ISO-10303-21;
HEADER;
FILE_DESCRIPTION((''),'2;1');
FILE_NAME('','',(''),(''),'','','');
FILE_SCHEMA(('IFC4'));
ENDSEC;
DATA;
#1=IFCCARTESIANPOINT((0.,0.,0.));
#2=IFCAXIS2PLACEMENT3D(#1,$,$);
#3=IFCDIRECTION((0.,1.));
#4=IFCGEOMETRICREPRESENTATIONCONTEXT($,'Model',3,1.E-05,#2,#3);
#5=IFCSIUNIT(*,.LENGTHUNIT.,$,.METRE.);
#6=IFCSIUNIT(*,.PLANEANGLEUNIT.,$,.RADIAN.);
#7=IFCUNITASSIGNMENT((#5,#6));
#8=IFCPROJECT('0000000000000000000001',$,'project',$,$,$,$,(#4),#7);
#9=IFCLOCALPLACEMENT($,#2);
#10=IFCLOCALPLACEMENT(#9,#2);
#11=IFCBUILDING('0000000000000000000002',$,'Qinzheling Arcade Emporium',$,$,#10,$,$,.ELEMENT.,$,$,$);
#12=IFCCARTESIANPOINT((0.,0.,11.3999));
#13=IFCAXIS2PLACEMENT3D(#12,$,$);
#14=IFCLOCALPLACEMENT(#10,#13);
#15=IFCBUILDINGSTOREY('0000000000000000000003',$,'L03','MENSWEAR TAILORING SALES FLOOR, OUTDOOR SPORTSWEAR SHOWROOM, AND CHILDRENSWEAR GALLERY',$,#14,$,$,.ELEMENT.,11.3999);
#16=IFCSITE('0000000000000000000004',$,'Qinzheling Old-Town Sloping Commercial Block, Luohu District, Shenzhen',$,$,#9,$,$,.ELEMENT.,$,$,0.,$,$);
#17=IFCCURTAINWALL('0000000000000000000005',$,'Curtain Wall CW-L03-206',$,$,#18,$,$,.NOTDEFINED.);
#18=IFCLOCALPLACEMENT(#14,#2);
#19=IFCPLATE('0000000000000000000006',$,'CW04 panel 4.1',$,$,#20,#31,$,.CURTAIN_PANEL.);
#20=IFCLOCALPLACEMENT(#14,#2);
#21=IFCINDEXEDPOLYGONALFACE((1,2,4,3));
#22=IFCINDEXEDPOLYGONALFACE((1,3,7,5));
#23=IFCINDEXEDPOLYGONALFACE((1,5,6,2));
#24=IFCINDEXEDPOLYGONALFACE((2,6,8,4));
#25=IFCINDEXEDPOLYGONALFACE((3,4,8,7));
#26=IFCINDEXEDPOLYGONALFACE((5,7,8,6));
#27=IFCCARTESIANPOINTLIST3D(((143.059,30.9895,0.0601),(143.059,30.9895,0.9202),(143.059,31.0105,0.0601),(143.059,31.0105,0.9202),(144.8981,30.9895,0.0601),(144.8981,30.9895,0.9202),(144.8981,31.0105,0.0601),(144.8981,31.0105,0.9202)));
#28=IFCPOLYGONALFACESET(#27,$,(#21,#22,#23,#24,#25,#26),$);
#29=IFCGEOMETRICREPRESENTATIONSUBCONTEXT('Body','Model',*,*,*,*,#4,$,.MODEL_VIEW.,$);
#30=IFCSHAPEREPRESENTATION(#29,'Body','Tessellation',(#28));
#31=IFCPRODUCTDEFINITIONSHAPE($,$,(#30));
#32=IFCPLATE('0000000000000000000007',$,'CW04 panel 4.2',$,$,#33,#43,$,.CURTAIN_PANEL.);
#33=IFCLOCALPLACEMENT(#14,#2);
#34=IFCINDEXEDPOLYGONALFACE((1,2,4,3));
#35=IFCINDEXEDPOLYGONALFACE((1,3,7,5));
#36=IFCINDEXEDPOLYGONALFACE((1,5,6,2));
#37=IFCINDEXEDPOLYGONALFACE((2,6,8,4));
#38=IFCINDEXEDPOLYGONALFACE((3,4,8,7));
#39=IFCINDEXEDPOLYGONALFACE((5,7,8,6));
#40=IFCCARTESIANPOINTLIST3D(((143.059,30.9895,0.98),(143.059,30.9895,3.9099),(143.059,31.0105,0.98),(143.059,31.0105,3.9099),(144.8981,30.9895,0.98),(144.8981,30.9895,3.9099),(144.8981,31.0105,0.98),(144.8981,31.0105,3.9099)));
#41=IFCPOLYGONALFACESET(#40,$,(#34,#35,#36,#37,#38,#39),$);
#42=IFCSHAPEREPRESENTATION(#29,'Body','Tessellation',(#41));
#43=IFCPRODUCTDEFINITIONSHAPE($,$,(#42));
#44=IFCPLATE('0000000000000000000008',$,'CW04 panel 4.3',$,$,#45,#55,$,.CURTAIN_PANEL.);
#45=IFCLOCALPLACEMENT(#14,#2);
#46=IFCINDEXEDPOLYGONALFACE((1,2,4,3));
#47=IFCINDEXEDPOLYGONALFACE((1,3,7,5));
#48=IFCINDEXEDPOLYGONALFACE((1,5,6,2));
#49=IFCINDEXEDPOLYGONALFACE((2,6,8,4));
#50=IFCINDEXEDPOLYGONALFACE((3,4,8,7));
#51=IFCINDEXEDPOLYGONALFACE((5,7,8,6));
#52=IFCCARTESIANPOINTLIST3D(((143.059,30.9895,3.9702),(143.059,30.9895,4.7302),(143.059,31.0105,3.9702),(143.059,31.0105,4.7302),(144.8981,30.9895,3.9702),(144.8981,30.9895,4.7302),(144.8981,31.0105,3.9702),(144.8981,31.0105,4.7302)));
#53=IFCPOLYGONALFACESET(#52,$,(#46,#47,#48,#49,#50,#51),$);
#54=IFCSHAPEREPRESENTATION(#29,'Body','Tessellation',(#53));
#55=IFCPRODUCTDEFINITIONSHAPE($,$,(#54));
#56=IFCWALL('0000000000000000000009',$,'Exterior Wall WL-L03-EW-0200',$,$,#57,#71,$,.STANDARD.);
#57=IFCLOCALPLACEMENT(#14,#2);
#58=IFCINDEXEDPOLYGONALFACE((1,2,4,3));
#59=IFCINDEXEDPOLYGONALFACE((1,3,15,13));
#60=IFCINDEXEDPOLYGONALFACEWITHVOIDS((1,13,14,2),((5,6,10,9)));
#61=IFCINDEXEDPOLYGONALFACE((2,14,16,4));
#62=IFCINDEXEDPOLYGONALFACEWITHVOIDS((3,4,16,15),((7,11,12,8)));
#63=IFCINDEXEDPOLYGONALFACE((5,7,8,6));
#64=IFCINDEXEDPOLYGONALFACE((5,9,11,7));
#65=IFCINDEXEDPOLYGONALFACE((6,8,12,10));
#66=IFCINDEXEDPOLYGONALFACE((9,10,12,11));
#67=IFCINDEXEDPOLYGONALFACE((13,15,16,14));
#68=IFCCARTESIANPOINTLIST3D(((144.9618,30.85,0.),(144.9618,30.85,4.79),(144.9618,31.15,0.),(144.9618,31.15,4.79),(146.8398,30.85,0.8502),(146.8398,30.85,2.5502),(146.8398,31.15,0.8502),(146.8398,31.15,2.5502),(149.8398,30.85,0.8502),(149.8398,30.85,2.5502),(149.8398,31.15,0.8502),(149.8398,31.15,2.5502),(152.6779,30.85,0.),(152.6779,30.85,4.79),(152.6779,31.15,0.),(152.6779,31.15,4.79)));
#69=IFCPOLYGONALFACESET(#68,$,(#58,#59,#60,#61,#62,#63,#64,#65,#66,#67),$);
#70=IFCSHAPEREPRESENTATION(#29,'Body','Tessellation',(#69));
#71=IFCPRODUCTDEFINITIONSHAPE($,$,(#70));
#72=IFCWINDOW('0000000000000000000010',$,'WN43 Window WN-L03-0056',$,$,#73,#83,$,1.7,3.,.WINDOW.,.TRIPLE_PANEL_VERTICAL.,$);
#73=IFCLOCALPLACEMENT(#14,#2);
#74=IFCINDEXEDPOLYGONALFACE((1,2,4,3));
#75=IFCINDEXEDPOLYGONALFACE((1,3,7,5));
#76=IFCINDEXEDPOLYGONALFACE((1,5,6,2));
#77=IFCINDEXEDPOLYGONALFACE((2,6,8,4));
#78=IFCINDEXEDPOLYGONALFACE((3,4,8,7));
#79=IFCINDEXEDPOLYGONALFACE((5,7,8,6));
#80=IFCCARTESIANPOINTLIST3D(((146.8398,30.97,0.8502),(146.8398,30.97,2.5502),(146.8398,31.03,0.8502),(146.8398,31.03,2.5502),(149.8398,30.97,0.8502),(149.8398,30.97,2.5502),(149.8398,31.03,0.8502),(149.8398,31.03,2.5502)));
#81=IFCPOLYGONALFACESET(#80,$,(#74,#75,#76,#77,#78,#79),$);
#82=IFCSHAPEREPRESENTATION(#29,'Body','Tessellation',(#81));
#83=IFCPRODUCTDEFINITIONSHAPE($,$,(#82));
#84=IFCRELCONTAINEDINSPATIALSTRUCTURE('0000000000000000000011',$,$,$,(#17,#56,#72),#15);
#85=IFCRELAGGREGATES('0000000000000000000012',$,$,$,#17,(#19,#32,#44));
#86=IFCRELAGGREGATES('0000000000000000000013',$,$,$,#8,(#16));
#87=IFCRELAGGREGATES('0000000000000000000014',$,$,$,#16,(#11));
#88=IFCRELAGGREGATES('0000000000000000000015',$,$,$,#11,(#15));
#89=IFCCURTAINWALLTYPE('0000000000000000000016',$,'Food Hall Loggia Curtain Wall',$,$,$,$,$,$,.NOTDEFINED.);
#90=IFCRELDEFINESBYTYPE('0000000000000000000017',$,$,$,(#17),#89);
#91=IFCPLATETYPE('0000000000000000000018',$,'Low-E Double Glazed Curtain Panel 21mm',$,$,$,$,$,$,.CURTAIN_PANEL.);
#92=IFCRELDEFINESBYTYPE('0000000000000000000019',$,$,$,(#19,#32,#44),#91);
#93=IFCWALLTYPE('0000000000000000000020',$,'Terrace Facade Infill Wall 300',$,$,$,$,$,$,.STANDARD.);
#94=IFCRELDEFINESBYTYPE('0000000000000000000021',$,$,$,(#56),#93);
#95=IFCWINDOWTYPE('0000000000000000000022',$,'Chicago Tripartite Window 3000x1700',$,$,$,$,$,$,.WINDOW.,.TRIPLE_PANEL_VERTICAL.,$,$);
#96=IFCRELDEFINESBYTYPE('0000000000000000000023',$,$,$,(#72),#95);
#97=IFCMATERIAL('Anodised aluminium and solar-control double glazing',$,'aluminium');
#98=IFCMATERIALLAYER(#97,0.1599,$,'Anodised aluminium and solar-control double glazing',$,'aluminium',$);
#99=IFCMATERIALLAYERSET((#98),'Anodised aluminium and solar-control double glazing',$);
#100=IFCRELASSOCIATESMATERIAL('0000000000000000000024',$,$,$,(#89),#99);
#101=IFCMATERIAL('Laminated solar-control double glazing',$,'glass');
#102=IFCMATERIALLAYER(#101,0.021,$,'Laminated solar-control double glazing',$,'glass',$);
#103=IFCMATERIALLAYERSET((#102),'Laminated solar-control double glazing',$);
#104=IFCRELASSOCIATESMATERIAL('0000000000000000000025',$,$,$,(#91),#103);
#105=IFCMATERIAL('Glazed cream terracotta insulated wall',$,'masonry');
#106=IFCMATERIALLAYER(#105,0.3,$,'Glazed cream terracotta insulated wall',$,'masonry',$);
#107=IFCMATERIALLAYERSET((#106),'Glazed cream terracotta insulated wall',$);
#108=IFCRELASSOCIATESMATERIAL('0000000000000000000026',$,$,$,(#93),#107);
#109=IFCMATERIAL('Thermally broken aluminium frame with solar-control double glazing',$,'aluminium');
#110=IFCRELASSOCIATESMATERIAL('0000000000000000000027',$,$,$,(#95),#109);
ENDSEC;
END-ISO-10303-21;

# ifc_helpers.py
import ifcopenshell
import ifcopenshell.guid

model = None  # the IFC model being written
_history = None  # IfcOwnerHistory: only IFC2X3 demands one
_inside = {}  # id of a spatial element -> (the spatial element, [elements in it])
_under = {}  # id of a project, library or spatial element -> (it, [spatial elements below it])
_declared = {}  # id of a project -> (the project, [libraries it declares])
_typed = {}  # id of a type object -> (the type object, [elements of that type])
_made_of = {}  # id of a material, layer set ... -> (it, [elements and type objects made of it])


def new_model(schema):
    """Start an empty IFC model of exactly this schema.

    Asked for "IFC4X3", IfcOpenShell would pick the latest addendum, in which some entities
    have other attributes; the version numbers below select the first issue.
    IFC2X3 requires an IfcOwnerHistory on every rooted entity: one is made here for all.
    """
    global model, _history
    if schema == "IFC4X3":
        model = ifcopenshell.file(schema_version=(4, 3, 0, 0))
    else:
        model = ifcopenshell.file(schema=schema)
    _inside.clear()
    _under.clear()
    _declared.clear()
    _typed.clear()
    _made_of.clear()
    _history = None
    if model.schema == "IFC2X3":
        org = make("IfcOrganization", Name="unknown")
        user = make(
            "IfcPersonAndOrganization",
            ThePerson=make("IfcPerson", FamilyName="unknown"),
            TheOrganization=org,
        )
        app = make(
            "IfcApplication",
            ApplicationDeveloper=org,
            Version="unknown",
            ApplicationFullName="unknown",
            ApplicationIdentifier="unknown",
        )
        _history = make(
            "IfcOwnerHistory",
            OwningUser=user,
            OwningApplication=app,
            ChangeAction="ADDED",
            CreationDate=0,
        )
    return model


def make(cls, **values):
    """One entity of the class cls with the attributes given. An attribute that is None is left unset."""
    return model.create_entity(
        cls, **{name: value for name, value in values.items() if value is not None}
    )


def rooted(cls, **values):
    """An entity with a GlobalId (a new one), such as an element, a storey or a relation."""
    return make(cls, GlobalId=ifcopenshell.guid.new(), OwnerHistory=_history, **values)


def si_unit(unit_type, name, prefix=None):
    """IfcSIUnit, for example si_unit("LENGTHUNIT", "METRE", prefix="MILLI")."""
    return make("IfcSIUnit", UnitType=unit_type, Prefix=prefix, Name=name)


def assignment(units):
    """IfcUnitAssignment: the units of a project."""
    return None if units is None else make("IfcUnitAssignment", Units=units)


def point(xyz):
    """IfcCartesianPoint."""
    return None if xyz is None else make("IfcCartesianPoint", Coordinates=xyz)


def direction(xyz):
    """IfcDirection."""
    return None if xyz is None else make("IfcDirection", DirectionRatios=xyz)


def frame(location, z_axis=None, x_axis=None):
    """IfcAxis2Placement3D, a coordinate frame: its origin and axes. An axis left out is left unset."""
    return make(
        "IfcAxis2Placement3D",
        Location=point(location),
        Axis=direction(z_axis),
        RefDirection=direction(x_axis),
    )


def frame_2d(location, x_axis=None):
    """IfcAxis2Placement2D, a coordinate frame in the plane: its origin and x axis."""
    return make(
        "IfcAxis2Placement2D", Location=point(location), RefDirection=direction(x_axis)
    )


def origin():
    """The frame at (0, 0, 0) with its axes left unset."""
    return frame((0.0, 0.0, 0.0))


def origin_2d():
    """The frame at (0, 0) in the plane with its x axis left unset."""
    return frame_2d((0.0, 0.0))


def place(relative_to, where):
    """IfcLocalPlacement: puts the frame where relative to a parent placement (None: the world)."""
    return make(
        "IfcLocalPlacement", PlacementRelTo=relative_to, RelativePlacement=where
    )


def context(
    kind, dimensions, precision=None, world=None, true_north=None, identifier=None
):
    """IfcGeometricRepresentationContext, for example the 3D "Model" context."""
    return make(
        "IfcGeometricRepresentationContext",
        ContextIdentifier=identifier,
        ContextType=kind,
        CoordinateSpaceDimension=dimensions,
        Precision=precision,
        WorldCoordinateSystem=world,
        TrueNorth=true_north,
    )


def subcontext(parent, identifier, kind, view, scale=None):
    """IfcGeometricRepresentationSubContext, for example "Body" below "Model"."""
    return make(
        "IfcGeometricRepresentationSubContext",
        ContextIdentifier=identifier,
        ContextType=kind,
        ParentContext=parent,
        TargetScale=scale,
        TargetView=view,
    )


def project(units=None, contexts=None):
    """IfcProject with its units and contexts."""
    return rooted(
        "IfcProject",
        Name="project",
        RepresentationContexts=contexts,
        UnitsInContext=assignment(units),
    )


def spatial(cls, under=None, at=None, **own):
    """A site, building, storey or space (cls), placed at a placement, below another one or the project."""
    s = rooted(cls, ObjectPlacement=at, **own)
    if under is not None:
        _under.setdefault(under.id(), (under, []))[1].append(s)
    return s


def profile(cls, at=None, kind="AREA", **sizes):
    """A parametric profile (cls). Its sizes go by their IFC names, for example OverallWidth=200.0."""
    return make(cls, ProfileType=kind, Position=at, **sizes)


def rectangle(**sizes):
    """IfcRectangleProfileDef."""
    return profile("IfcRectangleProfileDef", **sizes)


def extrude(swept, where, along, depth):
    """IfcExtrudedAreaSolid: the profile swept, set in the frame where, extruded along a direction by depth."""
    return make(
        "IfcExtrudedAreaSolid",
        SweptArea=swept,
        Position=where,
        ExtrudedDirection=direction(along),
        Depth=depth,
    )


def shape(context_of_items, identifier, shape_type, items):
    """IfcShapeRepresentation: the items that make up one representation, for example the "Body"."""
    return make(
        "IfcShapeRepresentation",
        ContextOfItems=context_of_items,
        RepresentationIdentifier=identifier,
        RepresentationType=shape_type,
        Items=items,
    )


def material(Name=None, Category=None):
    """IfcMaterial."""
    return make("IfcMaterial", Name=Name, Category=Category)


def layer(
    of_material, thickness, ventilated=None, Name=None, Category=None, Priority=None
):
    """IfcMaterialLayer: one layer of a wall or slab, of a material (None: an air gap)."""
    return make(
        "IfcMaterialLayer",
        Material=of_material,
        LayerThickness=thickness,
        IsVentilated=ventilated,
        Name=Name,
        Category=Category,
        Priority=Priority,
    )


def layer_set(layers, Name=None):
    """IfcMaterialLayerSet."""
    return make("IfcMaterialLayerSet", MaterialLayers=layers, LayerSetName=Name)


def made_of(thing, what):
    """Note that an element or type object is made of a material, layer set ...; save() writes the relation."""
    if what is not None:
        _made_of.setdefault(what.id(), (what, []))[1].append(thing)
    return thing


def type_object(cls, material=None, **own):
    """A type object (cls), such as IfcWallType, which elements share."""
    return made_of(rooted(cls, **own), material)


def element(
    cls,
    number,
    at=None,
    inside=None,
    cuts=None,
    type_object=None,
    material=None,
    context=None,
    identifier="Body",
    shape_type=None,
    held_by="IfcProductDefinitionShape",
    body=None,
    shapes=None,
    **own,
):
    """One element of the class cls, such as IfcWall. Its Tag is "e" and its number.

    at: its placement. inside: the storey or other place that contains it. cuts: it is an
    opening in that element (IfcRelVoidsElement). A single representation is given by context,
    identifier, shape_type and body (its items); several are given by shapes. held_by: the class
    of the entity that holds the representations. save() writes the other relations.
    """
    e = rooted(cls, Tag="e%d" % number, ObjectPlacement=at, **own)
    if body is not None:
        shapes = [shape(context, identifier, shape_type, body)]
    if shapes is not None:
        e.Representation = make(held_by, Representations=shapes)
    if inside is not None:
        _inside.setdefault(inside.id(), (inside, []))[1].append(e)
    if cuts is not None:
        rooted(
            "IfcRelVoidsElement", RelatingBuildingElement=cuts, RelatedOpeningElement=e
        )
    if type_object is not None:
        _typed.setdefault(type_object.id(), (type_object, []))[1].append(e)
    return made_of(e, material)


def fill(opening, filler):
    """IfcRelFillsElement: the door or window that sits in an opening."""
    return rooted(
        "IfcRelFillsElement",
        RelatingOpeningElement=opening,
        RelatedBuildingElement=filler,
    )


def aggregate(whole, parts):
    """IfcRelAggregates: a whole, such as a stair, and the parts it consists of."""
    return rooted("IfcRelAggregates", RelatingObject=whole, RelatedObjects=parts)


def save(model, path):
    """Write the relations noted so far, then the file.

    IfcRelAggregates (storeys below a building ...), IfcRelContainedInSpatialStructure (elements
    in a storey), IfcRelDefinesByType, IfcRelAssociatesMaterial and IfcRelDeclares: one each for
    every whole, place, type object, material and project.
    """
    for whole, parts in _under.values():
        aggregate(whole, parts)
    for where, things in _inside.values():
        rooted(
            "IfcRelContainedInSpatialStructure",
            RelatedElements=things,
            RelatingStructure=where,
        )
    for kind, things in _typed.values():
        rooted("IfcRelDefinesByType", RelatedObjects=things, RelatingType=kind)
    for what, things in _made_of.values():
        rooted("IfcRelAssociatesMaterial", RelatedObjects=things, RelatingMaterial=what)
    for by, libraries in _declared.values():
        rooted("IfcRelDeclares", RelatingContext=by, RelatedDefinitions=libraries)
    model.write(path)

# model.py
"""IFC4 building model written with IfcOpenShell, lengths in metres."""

from ifc_helpers import new_model, si_unit, direction, frame, frame_2d, origin, origin_2d, place, context, subcontext, project, spatial, rectangle, extrude, material, layer, layer_set, type_object, element, fill, aggregate, save


model = new_model("IFC4")

# Units and contexts
model_context = context("Model", 3, precision=1e-05, world=origin(), true_north=direction((0.0, 1.0)))
body_context = subcontext(model_context, "Body", "Model", "MODEL_VIEW")
ifc_project = project(units=[si_unit("LENGTHUNIT", "METRE"), si_unit("PLANEANGLEUNIT", "RADIAN")], contexts=[model_context])

# Site, building, storey
site_placement = place(None, origin())
site = spatial("IfcSite", under=ifc_project, at=site_placement, Name="Qinzheling Old-Town Sloping Commercial Block, Luohu District, Shenzhen", CompositionType="ELEMENT", RefElevation=0.0)
building_placement = place(site_placement, origin())
building = spatial("IfcBuilding", under=site, at=building_placement, Name="Qinzheling Arcade Emporium", CompositionType="ELEMENT")
storey_placement = place(building_placement, frame((0.0, 0.0, 11.3999)))
storey = spatial("IfcBuildingStorey", under=building, at=storey_placement, Name="L03", Description="MENSWEAR TAILORING SALES FLOOR, OUTDOOR SPORTSWEAR SHOWROOM, AND CHILDRENSWEAR GALLERY", CompositionType="ELEMENT", Elevation=11.3999)

# Curtain wall
ifc_material_1 = material(Name="Anodised aluminium and solar-control double glazing", Category="aluminium")
ifc_layer_1 = layer(ifc_material_1, 0.1599, Name="Anodised aluminium and solar-control double glazing", Category="aluminium")
ifc_layer_set_1 = layer_set([ifc_layer_1], Name="Anodised aluminium and solar-control double glazing")
curtain_wall_type = type_object("IfcCurtainWallType", Name="Food Hall Loggia Curtain Wall", PredefinedType="NOTDEFINED", material=ifc_layer_set_1)
curtain_wall_1_placement = place(storey_placement, origin())
curtain_wall_1 = element("IfcCurtainWall", 1, at=curtain_wall_1_placement, inside=storey, type_object=curtain_wall_type, Name="Curtain Wall CW-L03-206", PredefinedType="NOTDEFINED")

# Plates
ifc_material_2 = material(Name="Laminated solar-control double glazing", Category="glass")
ifc_layer_2 = layer(ifc_material_2, 0.021, Name="Laminated solar-control double glazing", Category="glass")
ifc_layer_set_2 = layer_set([ifc_layer_2], Name="Laminated solar-control double glazing")
plate_type = type_object("IfcPlateType", Name="Low-E Double Glazed Curtain Panel 21mm", PredefinedType="CURTAIN_PANEL", material=ifc_layer_set_2)
plate_1_placement = place(storey_placement, frame((143.9785, 31.0, 0.0601), z_axis=(0.0, 0.0, 1.0), x_axis=(1.0, 0.0, 0.0)))
plate_1 = element("IfcPlate", 2, at=plate_1_placement, type_object=plate_type, Name="CW04 panel 4.1", PredefinedType="CURTAIN_PANEL", context=body_context, shape_type="SweptSolid", body=[
    extrude(rectangle(XDim=1.8391, YDim=0.021, at=origin_2d()), origin(), (0.0, 0.0, 1.0), 0.8601),
])
plate_2_placement = place(storey_placement, frame((143.9785, 31.0, 0.98), z_axis=(0.0, 0.0, 1.0), x_axis=(1.0, 0.0, 0.0)))
plate_2 = element("IfcPlate", 3, at=plate_2_placement, type_object=plate_type, Name="CW04 panel 4.2", PredefinedType="CURTAIN_PANEL", context=body_context, shape_type="SweptSolid", body=[
    extrude(rectangle(XDim=1.8391, YDim=0.021, at=origin_2d()), origin(), (0.0, 0.0, 1.0), 2.9299),
])
plate_3_placement = place(storey_placement, frame((143.9785, 31.0, 3.9702), z_axis=(0.0, 0.0, 1.0), x_axis=(1.0, 0.0, 0.0)))
plate_3 = element("IfcPlate", 4, at=plate_3_placement, type_object=plate_type, Name="CW04 panel 4.3", PredefinedType="CURTAIN_PANEL", context=body_context, shape_type="SweptSolid", body=[
    extrude(rectangle(XDim=1.8391, YDim=0.021, at=origin_2d()), origin(), (0.0, 0.0, 1.0), 0.76),
])
aggregate(curtain_wall_1, [plate_1, plate_2, plate_3])

# Wall, opening, window
ifc_material_3 = material(Name="Glazed cream terracotta insulated wall", Category="masonry")
ifc_layer_3 = layer(ifc_material_3, 0.3, Name="Glazed cream terracotta insulated wall", Category="masonry")
ifc_layer_set_3 = layer_set([ifc_layer_3], Name="Glazed cream terracotta insulated wall")
wall_type = type_object("IfcWallType", Name="Terrace Facade Infill Wall 300", PredefinedType="STANDARD", material=ifc_layer_set_3)
wall_placement = place(storey_placement, frame((144.9619, 31.0, 0.0), z_axis=(0.0, 0.0, 1.0), x_axis=(1.0, 0.0, 0.0)))
wall = element("IfcWall", 5, at=wall_placement, inside=storey, type_object=wall_type, Name="Exterior Wall WL-L03-EW-0200", PredefinedType="STANDARD", context=body_context, shape_type="SweptSolid", body=[
    extrude(rectangle(XDim=7.7161, YDim=0.3, at=frame_2d((3.8579, 0.0))), origin(), (0.0, 0.0, 1.0), 4.79),
])
opening_placement = place(wall_placement, frame((1.8779, 0.0, 0.8501)))
opening = element("IfcOpeningElement", 6, at=opening_placement, cuts=wall, PredefinedType="OPENING", context=body_context, shape_type="SweptSolid", body=[
    extrude(rectangle(XDim=3.0, YDim=1.7, at=frame_2d((1.5, 0.8501))), frame((0.0, 0.1602, 0.0), z_axis=(0.0, -1.0, 0.0), x_axis=(1.0, 0.0, 0.0)), (0.0, 0.0, 1.0), 0.3201),
])
ifc_material_4 = material(Name="Thermally broken aluminium frame with solar-control double glazing", Category="aluminium")
window_type = type_object("IfcWindowType", Name="Chicago Tripartite Window 3000x1700", PartitioningType="TRIPLE_PANEL_VERTICAL", PredefinedType="WINDOW", material=ifc_material_4)
window_placement = place(opening_placement, origin())
window = element("IfcWindow", 7, at=window_placement, inside=storey, type_object=window_type, Name="WN43 Window WN-L03-0056", OverallHeight=1.7, OverallWidth=3.0, PartitioningType="TRIPLE_PANEL_VERTICAL", PredefinedType="WINDOW", context=body_context, shape_type="SweptSolid", body=[
    extrude(rectangle(XDim=3.0, YDim=1.7, at=frame_2d((1.5, 0.8501))), frame((0.0, 0.03, 0.0), z_axis=(0.0, -1.0, 0.0), x_axis=(1.0, 0.0, 0.0)), (0.0, 0.0, 1.0), 0.0601),
])
fill(opening, window)

save(model, "model.ifc")
